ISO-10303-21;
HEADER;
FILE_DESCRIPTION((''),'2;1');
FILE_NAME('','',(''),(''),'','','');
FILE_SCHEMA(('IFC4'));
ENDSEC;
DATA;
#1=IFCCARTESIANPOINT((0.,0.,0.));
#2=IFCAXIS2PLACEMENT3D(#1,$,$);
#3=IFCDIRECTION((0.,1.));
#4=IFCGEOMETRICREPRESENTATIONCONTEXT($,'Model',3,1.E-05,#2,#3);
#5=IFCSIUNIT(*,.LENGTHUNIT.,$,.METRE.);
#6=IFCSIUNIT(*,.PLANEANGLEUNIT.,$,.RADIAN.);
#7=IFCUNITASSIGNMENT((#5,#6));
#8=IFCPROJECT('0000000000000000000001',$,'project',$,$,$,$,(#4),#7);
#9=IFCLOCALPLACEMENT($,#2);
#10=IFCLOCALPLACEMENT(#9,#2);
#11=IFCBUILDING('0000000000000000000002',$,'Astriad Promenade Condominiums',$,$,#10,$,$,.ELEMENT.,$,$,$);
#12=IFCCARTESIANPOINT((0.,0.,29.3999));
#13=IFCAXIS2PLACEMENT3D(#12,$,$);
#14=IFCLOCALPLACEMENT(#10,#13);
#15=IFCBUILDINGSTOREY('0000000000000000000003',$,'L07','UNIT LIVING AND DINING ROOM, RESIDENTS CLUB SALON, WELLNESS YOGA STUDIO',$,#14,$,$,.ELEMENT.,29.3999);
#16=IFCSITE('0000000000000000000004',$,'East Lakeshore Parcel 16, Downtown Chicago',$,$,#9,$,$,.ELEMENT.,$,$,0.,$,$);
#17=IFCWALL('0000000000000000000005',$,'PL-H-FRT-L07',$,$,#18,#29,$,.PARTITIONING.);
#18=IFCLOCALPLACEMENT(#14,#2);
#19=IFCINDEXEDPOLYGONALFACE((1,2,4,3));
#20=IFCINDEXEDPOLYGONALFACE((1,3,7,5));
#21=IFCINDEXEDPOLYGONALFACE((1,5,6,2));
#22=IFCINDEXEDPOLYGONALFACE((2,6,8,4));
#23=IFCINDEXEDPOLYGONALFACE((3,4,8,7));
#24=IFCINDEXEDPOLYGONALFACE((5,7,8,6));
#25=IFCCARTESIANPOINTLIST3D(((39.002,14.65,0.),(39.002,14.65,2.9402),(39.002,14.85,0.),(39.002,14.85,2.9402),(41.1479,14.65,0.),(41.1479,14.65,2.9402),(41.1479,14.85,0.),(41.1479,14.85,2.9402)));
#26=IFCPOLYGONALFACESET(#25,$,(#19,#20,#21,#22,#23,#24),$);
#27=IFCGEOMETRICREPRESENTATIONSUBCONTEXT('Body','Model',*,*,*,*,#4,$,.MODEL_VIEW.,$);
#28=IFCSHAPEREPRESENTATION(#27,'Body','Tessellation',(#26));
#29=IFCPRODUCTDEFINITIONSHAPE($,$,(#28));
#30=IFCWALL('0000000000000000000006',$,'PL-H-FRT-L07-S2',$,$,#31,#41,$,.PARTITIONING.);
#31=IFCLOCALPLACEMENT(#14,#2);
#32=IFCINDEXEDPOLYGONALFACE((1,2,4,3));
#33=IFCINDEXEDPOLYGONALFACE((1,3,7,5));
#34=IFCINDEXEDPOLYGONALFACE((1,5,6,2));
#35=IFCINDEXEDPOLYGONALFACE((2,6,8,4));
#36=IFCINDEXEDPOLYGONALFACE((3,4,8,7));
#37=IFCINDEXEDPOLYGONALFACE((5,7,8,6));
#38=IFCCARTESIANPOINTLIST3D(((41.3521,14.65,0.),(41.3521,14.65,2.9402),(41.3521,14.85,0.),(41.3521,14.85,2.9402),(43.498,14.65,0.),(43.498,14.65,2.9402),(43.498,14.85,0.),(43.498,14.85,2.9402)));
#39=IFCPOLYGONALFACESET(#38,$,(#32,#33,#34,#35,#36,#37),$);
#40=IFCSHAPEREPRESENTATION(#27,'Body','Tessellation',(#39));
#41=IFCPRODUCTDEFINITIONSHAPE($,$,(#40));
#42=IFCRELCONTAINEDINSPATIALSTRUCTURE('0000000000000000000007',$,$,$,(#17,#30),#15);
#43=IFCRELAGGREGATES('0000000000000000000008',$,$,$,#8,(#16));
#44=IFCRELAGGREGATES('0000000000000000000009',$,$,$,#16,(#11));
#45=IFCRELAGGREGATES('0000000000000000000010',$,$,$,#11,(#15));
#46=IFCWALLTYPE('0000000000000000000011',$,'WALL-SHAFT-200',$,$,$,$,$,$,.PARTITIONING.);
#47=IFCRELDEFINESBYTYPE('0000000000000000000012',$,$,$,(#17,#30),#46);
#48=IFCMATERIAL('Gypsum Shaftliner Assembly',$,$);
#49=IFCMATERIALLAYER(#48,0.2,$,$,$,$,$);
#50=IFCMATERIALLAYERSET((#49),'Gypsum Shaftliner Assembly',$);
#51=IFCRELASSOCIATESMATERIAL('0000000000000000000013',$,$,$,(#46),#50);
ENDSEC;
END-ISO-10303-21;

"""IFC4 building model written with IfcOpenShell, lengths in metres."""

from ifc_helpers import new_model, si_unit, direction, frame, frame_2d, origin, place, context, subcontext, project, spatial, rectangle, extrude, material, layer, layer_set, type_object, element, save


model = new_model("IFC4")

# Units and contexts
model_context = context("Model", 3, precision=1e-05, world=origin(), true_north=direction((0.0, 1.0)))
body_context = subcontext(model_context, "Body", "Model", "MODEL_VIEW")
ifc_project = project(units=[si_unit("LENGTHUNIT", "METRE"), si_unit("PLANEANGLEUNIT", "RADIAN")], contexts=[model_context])

# Site, building, storey
site_placement = place(None, origin())
site = spatial("IfcSite", under=ifc_project, at=site_placement, Name="East Lakeshore Parcel 16, Downtown Chicago", CompositionType="ELEMENT", RefElevation=0.0)
building_placement = place(site_placement, origin())
building = spatial("IfcBuilding", under=site, at=building_placement, Name="Astriad Promenade Condominiums", CompositionType="ELEMENT")
storey_placement = place(building_placement, frame((0.0, 0.0, 29.3999)))
storey = spatial("IfcBuildingStorey", under=building, at=storey_placement, Name="L07", Description="UNIT LIVING AND DINING ROOM, RESIDENTS CLUB SALON, WELLNESS YOGA STUDIO", CompositionType="ELEMENT", Elevation=29.3999)

# Walls
ifc_material_1 = material(Name="Gypsum Shaftliner Assembly")
ifc_layer_1 = layer(ifc_material_1, 0.2)
ifc_layer_set_1 = layer_set([ifc_layer_1], Name="Gypsum Shaftliner Assembly")
wall_type_1 = type_object("IfcWallType", Name="WALL-SHAFT-200", PredefinedType="PARTITIONING", material=ifc_layer_set_1)
for number, where, z_axis, x_axis, name in (
    (1, (39.002, 14.75, 0.0), (0.0, 0.0, 1.0), (1.0, 0.0, 0.0), "PL-H-FRT-L07"),
    (2, (41.3521, 14.75, 0.0), (0.0, 0.0, 1.0), (1.0, 0.0, 0.0), "PL-H-FRT-L07-S2"),
):
    element("IfcWall", number, at=place(storey_placement, frame(where, z_axis=z_axis, x_axis=x_axis)), inside=storey, type_object=wall_type_1, Name=name, PredefinedType="PARTITIONING", context=body_context, shape_type="SweptSolid", body=[
        extrude(rectangle(XDim=2.146, YDim=0.2, at=frame_2d((1.073, 0.0))), origin(), (0.0, 0.0, 1.0), 2.9402),
    ])

save(model, "model.ifc")
